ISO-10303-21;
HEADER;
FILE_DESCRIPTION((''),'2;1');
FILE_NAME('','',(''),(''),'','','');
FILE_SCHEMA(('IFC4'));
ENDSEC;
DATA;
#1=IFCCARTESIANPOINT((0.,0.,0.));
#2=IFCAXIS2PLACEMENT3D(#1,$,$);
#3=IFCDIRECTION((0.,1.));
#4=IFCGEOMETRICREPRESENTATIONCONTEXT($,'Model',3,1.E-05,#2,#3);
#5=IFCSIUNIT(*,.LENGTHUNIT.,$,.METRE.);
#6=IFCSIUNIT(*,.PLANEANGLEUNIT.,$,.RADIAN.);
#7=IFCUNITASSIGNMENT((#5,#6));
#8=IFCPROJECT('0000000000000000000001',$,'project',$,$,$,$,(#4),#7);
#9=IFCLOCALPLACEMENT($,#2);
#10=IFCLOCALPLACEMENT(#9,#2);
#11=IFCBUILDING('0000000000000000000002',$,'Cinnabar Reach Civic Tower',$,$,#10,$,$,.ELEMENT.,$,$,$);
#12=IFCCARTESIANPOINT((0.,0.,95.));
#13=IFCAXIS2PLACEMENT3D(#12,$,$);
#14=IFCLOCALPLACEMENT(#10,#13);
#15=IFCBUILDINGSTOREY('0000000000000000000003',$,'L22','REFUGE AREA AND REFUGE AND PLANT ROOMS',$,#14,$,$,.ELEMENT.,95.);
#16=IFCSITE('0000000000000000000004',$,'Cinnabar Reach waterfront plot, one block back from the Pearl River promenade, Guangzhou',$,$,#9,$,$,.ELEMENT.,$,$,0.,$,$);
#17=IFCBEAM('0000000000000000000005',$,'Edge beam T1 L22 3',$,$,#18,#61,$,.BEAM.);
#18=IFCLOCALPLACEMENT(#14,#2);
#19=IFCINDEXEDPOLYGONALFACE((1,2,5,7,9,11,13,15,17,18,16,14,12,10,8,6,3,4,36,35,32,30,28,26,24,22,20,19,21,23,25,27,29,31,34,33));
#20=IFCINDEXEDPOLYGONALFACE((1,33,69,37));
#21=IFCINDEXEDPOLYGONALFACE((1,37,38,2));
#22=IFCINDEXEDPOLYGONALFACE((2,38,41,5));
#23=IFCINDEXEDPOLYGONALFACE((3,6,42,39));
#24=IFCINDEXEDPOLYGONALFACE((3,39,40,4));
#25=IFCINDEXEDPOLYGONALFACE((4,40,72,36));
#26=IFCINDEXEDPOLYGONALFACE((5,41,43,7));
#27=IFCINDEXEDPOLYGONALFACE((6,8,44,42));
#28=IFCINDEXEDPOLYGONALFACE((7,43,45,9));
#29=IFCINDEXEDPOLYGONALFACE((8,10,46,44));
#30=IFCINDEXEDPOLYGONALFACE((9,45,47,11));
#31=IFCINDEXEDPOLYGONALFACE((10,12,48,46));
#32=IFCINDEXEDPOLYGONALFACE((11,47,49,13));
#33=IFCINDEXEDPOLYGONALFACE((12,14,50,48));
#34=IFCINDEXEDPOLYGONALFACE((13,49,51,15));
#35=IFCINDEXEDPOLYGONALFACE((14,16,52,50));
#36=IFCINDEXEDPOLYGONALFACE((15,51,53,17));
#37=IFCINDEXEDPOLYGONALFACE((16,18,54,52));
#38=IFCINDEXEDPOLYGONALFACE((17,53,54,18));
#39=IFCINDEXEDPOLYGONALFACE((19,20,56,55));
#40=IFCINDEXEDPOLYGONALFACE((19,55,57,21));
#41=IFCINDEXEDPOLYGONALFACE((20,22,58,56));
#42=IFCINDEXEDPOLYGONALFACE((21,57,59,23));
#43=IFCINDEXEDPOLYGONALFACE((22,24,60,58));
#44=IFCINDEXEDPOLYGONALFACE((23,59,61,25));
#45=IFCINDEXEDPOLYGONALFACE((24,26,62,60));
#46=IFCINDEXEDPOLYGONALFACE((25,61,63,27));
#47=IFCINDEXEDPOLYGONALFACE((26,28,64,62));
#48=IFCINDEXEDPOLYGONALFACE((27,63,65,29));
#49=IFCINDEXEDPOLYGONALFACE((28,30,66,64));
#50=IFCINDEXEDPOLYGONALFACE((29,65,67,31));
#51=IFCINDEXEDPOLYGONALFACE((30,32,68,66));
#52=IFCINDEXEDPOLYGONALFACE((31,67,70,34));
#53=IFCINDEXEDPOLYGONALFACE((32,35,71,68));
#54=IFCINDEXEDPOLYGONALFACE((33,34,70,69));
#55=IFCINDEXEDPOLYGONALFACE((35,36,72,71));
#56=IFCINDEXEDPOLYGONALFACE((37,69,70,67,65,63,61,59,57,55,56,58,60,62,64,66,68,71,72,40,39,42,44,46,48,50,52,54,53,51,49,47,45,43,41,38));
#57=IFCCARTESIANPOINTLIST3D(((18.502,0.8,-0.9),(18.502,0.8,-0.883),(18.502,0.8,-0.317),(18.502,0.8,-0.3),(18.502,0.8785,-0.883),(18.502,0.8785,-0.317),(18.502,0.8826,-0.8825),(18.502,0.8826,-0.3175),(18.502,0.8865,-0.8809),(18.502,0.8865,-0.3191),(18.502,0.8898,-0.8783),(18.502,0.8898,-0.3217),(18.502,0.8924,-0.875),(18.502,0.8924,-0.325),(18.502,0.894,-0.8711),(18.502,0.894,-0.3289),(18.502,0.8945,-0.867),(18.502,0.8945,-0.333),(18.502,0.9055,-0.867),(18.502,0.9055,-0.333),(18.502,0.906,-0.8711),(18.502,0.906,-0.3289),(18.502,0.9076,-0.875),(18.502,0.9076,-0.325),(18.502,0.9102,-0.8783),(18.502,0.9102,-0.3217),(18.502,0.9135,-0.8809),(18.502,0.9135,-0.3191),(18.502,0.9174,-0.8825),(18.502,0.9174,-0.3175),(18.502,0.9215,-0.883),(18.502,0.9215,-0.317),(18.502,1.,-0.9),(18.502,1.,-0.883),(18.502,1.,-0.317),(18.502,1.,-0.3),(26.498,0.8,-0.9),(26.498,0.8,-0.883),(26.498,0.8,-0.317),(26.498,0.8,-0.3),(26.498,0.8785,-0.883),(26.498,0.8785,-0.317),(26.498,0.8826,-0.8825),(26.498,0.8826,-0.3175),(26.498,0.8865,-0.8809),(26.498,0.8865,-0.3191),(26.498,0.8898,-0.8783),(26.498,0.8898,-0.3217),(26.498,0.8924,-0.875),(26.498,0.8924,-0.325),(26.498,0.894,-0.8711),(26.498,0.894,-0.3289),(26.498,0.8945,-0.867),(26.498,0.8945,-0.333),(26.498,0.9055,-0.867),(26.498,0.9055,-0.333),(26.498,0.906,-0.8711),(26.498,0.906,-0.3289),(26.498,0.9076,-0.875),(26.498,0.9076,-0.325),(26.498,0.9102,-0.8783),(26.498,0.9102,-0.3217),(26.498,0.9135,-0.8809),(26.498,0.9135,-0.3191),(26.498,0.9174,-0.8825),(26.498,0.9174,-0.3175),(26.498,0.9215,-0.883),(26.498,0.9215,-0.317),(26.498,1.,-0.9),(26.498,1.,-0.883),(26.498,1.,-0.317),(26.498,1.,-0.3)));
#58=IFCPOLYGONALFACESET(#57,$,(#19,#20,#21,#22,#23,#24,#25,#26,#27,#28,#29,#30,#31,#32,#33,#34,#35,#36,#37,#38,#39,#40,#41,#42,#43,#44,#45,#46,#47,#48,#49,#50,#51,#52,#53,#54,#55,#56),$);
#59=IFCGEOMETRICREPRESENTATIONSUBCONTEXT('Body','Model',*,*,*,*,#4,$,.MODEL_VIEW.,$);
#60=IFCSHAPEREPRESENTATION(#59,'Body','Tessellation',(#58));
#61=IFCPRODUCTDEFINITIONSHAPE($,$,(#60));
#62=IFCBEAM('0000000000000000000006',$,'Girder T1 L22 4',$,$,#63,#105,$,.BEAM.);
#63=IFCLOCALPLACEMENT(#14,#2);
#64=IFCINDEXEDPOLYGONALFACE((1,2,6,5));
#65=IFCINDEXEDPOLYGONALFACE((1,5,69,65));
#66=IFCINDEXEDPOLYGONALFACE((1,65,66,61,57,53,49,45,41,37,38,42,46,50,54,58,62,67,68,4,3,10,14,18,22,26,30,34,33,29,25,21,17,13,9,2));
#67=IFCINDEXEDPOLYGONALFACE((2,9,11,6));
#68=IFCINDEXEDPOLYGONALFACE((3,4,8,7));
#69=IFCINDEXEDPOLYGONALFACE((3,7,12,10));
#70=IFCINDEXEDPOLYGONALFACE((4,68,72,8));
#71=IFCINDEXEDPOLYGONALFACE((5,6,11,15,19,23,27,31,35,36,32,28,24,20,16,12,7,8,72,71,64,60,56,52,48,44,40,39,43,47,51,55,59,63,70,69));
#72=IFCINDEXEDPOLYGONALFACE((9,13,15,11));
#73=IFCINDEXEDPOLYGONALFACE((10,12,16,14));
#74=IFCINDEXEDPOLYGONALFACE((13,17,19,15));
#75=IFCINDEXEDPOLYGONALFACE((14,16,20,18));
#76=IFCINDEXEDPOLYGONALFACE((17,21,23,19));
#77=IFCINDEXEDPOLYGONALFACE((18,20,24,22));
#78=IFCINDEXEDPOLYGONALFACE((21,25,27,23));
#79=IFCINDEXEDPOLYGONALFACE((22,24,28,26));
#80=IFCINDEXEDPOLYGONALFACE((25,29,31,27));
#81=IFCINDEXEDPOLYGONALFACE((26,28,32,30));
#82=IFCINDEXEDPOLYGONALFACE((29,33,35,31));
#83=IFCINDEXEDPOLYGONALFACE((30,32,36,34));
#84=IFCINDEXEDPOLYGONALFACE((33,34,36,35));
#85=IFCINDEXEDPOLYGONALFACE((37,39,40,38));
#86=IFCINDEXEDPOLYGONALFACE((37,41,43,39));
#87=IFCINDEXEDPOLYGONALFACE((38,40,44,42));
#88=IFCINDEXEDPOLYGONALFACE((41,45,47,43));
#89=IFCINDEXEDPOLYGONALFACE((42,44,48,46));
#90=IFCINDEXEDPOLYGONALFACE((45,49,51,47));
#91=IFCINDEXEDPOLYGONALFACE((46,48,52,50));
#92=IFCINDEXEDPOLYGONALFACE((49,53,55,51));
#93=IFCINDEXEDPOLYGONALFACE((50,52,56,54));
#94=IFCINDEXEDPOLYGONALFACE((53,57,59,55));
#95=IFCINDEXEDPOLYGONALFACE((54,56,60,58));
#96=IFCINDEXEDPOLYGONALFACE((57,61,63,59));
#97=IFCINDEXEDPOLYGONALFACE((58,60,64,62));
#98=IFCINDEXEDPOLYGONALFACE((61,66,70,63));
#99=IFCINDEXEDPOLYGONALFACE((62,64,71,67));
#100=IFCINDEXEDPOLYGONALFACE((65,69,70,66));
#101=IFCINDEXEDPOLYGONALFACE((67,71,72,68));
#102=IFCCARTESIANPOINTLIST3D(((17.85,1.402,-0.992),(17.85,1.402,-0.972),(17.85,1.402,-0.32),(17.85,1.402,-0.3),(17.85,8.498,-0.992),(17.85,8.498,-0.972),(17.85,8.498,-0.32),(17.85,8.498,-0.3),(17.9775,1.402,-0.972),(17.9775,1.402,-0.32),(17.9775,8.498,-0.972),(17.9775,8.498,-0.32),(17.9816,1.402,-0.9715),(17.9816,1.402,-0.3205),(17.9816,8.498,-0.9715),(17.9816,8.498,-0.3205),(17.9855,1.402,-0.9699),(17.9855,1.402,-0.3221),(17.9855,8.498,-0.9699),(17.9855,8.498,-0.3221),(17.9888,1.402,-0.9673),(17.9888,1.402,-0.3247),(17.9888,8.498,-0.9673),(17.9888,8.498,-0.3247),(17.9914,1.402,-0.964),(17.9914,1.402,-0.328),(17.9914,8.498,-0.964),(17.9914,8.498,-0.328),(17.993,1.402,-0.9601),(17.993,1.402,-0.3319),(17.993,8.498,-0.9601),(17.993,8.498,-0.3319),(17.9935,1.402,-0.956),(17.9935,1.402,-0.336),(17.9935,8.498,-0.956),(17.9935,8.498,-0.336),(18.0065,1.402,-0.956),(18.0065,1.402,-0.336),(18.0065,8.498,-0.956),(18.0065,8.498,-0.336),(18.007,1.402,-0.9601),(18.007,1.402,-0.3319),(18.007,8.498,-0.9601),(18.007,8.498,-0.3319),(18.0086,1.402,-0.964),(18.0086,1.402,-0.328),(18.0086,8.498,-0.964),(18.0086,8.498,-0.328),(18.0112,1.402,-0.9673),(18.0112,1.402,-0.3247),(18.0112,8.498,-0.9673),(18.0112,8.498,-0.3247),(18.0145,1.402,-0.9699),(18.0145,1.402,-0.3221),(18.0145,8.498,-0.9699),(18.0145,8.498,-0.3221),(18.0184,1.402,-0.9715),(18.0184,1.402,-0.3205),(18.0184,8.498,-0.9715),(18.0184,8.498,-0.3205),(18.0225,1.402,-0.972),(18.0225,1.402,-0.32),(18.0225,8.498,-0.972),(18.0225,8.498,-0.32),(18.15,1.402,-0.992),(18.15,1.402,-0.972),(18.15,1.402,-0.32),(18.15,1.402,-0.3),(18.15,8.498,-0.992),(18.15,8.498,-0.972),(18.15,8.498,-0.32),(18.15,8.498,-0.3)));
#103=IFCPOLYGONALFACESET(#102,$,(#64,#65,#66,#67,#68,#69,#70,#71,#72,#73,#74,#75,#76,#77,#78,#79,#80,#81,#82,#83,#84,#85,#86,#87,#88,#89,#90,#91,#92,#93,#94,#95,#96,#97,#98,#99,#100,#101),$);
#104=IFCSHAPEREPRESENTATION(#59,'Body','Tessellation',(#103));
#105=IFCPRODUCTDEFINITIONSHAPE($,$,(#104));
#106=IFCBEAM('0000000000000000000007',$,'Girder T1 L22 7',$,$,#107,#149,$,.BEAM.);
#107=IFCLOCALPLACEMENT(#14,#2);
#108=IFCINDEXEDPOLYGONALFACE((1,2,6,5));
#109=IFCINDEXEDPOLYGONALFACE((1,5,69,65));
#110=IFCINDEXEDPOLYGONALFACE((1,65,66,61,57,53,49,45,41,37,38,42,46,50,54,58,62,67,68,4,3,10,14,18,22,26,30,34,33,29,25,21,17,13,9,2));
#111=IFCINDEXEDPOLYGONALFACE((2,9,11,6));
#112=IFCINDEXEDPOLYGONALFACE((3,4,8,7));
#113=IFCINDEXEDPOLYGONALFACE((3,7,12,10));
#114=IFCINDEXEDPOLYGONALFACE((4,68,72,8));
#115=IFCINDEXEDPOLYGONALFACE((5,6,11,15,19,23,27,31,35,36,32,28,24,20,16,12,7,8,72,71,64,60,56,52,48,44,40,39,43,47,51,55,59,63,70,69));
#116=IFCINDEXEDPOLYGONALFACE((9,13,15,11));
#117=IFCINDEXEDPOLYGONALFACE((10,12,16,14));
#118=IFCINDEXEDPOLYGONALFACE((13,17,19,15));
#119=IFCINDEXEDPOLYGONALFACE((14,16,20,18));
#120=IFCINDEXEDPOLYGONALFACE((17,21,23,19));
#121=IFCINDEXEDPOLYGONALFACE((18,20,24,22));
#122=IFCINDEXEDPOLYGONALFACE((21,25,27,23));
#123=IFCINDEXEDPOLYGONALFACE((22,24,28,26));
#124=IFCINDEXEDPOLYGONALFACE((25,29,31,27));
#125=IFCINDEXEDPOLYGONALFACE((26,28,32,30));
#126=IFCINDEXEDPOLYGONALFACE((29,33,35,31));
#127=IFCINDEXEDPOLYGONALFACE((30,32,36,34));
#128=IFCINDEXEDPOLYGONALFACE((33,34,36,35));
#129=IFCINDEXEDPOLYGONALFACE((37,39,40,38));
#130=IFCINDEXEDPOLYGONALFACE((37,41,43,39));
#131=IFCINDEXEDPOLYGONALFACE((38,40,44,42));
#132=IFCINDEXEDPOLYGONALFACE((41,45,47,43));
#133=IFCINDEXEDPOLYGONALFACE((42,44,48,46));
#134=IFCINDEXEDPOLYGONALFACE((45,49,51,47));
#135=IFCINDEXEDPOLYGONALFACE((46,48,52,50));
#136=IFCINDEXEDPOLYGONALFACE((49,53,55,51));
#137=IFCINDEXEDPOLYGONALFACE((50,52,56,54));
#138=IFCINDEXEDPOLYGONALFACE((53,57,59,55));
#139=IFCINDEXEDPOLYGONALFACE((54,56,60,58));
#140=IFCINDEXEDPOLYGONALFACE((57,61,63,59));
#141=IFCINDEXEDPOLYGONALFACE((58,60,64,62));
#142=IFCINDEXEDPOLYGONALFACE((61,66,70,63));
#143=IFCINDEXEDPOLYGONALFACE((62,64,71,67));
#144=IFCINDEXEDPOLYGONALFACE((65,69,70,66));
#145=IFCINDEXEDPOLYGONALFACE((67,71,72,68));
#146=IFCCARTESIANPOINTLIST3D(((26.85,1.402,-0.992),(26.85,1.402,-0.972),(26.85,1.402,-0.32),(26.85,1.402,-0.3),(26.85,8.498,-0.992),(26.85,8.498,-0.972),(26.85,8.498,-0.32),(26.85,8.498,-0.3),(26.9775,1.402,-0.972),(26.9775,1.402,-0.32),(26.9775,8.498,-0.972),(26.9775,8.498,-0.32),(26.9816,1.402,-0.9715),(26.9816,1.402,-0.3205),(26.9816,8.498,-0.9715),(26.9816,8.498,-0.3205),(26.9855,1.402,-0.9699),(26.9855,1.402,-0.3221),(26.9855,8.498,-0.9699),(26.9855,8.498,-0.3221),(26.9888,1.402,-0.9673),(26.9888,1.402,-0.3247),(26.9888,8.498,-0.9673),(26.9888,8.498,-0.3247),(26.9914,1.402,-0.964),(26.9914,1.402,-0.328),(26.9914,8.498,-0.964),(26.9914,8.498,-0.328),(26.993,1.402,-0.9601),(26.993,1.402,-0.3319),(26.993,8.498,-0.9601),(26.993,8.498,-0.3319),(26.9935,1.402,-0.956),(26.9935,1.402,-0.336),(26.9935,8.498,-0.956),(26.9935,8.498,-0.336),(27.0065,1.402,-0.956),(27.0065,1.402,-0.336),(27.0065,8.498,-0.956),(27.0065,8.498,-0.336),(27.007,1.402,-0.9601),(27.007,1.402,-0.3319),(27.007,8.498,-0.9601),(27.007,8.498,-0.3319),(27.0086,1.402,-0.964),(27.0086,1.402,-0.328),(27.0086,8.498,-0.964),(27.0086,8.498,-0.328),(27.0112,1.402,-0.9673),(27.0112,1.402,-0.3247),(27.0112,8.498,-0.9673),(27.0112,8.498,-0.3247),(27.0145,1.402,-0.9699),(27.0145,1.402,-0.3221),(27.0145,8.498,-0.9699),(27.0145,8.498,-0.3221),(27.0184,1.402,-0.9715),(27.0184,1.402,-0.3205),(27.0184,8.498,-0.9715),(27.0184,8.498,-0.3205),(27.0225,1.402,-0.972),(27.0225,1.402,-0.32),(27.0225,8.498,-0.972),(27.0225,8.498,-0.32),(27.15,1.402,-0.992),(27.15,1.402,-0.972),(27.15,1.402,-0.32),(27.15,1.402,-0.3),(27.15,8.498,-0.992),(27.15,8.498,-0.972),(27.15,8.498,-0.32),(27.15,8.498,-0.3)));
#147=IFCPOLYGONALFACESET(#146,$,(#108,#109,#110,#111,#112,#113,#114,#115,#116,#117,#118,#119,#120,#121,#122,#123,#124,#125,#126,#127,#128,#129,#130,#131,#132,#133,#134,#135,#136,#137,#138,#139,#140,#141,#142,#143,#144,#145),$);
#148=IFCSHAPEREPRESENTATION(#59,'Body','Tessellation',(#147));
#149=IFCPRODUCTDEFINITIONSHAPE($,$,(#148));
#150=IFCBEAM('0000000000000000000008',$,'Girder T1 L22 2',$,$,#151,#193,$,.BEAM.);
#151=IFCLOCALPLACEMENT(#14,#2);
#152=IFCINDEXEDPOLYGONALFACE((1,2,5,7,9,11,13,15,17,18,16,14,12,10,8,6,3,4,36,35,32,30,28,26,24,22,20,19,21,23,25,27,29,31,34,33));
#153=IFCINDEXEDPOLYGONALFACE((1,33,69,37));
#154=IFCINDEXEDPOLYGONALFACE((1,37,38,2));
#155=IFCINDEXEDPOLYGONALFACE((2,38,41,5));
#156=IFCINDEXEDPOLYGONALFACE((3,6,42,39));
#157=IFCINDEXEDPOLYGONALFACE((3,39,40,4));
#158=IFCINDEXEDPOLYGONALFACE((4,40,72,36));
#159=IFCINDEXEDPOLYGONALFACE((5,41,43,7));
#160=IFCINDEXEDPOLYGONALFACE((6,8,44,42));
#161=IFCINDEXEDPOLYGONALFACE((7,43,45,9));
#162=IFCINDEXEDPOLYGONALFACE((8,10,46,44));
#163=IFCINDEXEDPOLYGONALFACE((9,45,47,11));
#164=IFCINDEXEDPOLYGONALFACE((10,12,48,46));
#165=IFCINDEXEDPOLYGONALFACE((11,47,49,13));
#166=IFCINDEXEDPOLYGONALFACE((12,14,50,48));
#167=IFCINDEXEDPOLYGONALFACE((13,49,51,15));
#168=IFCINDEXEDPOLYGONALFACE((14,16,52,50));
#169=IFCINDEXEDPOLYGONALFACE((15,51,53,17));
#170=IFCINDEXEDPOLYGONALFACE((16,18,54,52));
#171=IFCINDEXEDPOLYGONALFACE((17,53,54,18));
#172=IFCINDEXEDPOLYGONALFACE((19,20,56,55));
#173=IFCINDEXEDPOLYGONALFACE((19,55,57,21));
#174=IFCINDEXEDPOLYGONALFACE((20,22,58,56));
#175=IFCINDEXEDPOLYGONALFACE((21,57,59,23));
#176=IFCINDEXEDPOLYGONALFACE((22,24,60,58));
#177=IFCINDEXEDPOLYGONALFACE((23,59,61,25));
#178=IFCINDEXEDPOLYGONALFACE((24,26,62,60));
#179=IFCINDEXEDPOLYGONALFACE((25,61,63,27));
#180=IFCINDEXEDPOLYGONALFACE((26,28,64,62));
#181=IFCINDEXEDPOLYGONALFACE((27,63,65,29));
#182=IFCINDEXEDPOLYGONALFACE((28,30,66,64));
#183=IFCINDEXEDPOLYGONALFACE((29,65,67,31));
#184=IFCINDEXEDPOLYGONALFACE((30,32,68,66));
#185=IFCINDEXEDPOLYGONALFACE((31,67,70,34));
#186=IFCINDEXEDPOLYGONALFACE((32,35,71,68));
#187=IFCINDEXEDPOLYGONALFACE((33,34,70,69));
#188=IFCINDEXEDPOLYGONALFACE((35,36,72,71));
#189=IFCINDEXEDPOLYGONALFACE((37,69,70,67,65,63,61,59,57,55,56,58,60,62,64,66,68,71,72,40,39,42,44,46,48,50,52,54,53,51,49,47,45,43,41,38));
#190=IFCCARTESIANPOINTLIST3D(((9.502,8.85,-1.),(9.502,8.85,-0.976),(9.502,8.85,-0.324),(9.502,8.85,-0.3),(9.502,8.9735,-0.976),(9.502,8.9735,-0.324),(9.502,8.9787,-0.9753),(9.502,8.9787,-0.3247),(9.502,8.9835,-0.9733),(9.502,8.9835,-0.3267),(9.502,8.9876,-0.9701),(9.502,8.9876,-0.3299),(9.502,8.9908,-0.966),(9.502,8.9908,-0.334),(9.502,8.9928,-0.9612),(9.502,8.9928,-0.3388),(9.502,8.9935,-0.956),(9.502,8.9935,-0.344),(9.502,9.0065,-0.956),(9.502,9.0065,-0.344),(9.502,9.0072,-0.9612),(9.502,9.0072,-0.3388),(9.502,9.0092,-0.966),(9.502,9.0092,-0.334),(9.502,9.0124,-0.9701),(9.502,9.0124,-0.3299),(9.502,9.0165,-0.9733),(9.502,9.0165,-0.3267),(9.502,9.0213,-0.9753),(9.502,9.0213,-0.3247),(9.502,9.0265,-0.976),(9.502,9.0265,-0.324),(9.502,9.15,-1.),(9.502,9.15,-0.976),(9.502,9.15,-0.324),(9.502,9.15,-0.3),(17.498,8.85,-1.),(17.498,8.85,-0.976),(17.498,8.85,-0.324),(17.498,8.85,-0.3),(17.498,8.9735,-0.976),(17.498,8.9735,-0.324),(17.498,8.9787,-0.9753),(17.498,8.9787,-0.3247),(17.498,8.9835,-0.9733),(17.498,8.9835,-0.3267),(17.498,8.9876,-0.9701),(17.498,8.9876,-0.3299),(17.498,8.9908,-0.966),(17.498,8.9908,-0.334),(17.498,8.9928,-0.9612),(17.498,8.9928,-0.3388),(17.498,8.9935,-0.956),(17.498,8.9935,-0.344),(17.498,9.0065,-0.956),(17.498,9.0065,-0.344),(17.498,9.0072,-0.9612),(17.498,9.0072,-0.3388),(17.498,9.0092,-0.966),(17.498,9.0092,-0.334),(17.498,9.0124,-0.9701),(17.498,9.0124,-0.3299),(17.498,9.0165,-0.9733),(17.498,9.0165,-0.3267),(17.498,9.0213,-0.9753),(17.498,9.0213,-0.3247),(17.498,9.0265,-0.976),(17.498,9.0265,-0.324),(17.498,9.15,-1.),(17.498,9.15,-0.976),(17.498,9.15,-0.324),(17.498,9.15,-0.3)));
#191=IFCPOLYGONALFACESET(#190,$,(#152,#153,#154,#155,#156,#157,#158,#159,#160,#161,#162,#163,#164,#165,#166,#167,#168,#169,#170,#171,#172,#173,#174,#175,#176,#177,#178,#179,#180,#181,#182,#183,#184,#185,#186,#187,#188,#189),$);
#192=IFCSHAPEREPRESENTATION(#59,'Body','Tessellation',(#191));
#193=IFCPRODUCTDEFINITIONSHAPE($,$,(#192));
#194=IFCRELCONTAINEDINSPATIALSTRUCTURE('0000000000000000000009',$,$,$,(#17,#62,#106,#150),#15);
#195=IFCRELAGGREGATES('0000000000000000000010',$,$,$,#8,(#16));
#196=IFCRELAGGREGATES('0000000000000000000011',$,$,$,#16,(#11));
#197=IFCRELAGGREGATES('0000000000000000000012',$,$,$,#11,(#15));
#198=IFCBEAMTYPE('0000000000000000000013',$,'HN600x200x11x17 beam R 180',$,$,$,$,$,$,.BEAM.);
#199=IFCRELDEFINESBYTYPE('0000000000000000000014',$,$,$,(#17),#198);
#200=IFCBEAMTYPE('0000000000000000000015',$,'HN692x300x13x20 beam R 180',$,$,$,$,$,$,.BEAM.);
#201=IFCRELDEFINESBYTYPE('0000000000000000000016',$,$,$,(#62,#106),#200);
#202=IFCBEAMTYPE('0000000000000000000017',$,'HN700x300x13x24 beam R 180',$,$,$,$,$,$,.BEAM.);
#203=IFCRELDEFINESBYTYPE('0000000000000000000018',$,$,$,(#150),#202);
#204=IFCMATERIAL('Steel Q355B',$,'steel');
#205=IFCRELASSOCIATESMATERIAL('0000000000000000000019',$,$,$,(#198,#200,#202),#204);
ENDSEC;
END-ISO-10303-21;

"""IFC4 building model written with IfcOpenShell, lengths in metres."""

from ifc_helpers import new_model, si_unit, direction, frame, origin, origin_2d, place, context, subcontext, project, spatial, i_section, extrude, material, material_profile, profile_set, type_object, element, save


model = new_model("IFC4")

# Units and contexts
model_context = context("Model", 3, precision=1e-05, world=origin(), true_north=direction((0.0, 1.0)))
body_context = subcontext(model_context, "Body", "Model", "MODEL_VIEW")
ifc_project = project(units=[si_unit("LENGTHUNIT", "METRE"), si_unit("PLANEANGLEUNIT", "RADIAN")], contexts=[model_context])

# Site, building, storey
site_placement = place(None, origin())
site = spatial("IfcSite", under=ifc_project, at=site_placement, Name="Cinnabar Reach waterfront plot, one block back from the Pearl River promenade, Guangzhou", CompositionType="ELEMENT", RefElevation=0.0)
building_placement = place(site_placement, origin())
building = spatial("IfcBuilding", under=site, at=building_placement, Name="Cinnabar Reach Civic Tower", CompositionType="ELEMENT")
storey_placement = place(building_placement, frame((0.0, 0.0, 95.0)))
storey = spatial("IfcBuildingStorey", under=building, at=storey_placement, Name="L22", Description="REFUGE AREA AND REFUGE AND PLANT ROOMS", CompositionType="ELEMENT", Elevation=95.0)

# Beams
ifc_material_1 = material(Name="Steel Q355B", Category="steel")
ifc_material_profile_1 = material_profile(ifc_material_1, i_section(OverallWidth=0.2, OverallDepth=0.6, WebThickness=0.011, FlangeThickness=0.017, FilletRadius=0.016, at=origin_2d()), Name="HN600x200x11x17")
ifc_profile_set_1 = profile_set([ifc_material_profile_1], Name="Steel Q355B")
beam_type_1 = type_object("IfcBeamType", Name="HN600x200x11x17 beam R 180", PredefinedType="BEAM", material=ifc_profile_set_1)
for number, where, z_axis, x_axis, name in (
    (1, (18.502, 0.9, -0.6), (1.0, 0.0, 0.0), (0.0, 1.0, 0.0), "Edge beam T1 L22 3"),
):
    element("IfcBeam", number, at=place(storey_placement, frame(where, z_axis=z_axis, x_axis=x_axis)), inside=storey, type_object=beam_type_1, Name=name, PredefinedType="BEAM", context=body_context, shape_type="SweptSolid", body=[
        extrude(i_section(OverallWidth=0.2, OverallDepth=0.6, WebThickness=0.011, FlangeThickness=0.017, FilletRadius=0.016, at=origin_2d()), origin(), (0.0, 0.0, 1.0), 7.996),
    ])
ifc_material_profile_2 = material_profile(ifc_material_1, i_section(OverallWidth=0.3, OverallDepth=0.692, WebThickness=0.013, FlangeThickness=0.02, FilletRadius=0.016, at=origin_2d()), Name="HN692x300x13x20")
ifc_profile_set_2 = profile_set([ifc_material_profile_2], Name="Steel Q355B")
beam_type_2 = type_object("IfcBeamType", Name="HN692x300x13x20 beam R 180", PredefinedType="BEAM", material=ifc_profile_set_2)
for number, where, z_axis, x_axis, name in (
    (2, (18.0, 1.402, -0.646), (0.0, 1.0, 0.0), (-1.0, 0.0, 0.0), "Girder T1 L22 4"),
    (3, (27.0, 1.402, -0.646), (0.0, 1.0, 0.0), (-1.0, 0.0, 0.0), "Girder T1 L22 7"),
):
    element("IfcBeam", number, at=place(storey_placement, frame(where, z_axis=z_axis, x_axis=x_axis)), inside=storey, type_object=beam_type_2, Name=name, PredefinedType="BEAM", context=body_context, shape_type="SweptSolid", body=[
        extrude(i_section(OverallWidth=0.3, OverallDepth=0.692, WebThickness=0.013, FlangeThickness=0.02, FilletRadius=0.016, at=origin_2d()), origin(), (0.0, 0.0, 1.0), 7.096),
    ])
ifc_material_profile_3 = material_profile(ifc_material_1, i_section(OverallWidth=0.3, OverallDepth=0.7, WebThickness=0.013, FlangeThickness=0.024, FilletRadius=0.02, at=origin_2d()), Name="HN700x300x13x24")
ifc_profile_set_3 = profile_set([ifc_material_profile_3], Name="Steel Q355B")
beam_type_3 = type_object("IfcBeamType", Name="HN700x300x13x24 beam R 180", PredefinedType="BEAM", material=ifc_profile_set_3)
for number, where, z_axis, x_axis, name in (
    (4, (9.502, 9.0, -0.65), (1.0, 0.0, 0.0), (0.0, 1.0, 0.0), "Girder T1 L22 2"),
):
    element("IfcBeam", number, at=place(storey_placement, frame(where, z_axis=z_axis, x_axis=x_axis)), inside=storey, type_object=beam_type_3, Name=name, PredefinedType="BEAM", context=body_context, shape_type="SweptSolid", body=[
        extrude(i_section(OverallWidth=0.3, OverallDepth=0.7, WebThickness=0.013, FlangeThickness=0.024, FilletRadius=0.02, at=origin_2d()), origin(), (0.0, 0.0, 1.0), 7.996),
    ])

save(model, "model.ifc")
